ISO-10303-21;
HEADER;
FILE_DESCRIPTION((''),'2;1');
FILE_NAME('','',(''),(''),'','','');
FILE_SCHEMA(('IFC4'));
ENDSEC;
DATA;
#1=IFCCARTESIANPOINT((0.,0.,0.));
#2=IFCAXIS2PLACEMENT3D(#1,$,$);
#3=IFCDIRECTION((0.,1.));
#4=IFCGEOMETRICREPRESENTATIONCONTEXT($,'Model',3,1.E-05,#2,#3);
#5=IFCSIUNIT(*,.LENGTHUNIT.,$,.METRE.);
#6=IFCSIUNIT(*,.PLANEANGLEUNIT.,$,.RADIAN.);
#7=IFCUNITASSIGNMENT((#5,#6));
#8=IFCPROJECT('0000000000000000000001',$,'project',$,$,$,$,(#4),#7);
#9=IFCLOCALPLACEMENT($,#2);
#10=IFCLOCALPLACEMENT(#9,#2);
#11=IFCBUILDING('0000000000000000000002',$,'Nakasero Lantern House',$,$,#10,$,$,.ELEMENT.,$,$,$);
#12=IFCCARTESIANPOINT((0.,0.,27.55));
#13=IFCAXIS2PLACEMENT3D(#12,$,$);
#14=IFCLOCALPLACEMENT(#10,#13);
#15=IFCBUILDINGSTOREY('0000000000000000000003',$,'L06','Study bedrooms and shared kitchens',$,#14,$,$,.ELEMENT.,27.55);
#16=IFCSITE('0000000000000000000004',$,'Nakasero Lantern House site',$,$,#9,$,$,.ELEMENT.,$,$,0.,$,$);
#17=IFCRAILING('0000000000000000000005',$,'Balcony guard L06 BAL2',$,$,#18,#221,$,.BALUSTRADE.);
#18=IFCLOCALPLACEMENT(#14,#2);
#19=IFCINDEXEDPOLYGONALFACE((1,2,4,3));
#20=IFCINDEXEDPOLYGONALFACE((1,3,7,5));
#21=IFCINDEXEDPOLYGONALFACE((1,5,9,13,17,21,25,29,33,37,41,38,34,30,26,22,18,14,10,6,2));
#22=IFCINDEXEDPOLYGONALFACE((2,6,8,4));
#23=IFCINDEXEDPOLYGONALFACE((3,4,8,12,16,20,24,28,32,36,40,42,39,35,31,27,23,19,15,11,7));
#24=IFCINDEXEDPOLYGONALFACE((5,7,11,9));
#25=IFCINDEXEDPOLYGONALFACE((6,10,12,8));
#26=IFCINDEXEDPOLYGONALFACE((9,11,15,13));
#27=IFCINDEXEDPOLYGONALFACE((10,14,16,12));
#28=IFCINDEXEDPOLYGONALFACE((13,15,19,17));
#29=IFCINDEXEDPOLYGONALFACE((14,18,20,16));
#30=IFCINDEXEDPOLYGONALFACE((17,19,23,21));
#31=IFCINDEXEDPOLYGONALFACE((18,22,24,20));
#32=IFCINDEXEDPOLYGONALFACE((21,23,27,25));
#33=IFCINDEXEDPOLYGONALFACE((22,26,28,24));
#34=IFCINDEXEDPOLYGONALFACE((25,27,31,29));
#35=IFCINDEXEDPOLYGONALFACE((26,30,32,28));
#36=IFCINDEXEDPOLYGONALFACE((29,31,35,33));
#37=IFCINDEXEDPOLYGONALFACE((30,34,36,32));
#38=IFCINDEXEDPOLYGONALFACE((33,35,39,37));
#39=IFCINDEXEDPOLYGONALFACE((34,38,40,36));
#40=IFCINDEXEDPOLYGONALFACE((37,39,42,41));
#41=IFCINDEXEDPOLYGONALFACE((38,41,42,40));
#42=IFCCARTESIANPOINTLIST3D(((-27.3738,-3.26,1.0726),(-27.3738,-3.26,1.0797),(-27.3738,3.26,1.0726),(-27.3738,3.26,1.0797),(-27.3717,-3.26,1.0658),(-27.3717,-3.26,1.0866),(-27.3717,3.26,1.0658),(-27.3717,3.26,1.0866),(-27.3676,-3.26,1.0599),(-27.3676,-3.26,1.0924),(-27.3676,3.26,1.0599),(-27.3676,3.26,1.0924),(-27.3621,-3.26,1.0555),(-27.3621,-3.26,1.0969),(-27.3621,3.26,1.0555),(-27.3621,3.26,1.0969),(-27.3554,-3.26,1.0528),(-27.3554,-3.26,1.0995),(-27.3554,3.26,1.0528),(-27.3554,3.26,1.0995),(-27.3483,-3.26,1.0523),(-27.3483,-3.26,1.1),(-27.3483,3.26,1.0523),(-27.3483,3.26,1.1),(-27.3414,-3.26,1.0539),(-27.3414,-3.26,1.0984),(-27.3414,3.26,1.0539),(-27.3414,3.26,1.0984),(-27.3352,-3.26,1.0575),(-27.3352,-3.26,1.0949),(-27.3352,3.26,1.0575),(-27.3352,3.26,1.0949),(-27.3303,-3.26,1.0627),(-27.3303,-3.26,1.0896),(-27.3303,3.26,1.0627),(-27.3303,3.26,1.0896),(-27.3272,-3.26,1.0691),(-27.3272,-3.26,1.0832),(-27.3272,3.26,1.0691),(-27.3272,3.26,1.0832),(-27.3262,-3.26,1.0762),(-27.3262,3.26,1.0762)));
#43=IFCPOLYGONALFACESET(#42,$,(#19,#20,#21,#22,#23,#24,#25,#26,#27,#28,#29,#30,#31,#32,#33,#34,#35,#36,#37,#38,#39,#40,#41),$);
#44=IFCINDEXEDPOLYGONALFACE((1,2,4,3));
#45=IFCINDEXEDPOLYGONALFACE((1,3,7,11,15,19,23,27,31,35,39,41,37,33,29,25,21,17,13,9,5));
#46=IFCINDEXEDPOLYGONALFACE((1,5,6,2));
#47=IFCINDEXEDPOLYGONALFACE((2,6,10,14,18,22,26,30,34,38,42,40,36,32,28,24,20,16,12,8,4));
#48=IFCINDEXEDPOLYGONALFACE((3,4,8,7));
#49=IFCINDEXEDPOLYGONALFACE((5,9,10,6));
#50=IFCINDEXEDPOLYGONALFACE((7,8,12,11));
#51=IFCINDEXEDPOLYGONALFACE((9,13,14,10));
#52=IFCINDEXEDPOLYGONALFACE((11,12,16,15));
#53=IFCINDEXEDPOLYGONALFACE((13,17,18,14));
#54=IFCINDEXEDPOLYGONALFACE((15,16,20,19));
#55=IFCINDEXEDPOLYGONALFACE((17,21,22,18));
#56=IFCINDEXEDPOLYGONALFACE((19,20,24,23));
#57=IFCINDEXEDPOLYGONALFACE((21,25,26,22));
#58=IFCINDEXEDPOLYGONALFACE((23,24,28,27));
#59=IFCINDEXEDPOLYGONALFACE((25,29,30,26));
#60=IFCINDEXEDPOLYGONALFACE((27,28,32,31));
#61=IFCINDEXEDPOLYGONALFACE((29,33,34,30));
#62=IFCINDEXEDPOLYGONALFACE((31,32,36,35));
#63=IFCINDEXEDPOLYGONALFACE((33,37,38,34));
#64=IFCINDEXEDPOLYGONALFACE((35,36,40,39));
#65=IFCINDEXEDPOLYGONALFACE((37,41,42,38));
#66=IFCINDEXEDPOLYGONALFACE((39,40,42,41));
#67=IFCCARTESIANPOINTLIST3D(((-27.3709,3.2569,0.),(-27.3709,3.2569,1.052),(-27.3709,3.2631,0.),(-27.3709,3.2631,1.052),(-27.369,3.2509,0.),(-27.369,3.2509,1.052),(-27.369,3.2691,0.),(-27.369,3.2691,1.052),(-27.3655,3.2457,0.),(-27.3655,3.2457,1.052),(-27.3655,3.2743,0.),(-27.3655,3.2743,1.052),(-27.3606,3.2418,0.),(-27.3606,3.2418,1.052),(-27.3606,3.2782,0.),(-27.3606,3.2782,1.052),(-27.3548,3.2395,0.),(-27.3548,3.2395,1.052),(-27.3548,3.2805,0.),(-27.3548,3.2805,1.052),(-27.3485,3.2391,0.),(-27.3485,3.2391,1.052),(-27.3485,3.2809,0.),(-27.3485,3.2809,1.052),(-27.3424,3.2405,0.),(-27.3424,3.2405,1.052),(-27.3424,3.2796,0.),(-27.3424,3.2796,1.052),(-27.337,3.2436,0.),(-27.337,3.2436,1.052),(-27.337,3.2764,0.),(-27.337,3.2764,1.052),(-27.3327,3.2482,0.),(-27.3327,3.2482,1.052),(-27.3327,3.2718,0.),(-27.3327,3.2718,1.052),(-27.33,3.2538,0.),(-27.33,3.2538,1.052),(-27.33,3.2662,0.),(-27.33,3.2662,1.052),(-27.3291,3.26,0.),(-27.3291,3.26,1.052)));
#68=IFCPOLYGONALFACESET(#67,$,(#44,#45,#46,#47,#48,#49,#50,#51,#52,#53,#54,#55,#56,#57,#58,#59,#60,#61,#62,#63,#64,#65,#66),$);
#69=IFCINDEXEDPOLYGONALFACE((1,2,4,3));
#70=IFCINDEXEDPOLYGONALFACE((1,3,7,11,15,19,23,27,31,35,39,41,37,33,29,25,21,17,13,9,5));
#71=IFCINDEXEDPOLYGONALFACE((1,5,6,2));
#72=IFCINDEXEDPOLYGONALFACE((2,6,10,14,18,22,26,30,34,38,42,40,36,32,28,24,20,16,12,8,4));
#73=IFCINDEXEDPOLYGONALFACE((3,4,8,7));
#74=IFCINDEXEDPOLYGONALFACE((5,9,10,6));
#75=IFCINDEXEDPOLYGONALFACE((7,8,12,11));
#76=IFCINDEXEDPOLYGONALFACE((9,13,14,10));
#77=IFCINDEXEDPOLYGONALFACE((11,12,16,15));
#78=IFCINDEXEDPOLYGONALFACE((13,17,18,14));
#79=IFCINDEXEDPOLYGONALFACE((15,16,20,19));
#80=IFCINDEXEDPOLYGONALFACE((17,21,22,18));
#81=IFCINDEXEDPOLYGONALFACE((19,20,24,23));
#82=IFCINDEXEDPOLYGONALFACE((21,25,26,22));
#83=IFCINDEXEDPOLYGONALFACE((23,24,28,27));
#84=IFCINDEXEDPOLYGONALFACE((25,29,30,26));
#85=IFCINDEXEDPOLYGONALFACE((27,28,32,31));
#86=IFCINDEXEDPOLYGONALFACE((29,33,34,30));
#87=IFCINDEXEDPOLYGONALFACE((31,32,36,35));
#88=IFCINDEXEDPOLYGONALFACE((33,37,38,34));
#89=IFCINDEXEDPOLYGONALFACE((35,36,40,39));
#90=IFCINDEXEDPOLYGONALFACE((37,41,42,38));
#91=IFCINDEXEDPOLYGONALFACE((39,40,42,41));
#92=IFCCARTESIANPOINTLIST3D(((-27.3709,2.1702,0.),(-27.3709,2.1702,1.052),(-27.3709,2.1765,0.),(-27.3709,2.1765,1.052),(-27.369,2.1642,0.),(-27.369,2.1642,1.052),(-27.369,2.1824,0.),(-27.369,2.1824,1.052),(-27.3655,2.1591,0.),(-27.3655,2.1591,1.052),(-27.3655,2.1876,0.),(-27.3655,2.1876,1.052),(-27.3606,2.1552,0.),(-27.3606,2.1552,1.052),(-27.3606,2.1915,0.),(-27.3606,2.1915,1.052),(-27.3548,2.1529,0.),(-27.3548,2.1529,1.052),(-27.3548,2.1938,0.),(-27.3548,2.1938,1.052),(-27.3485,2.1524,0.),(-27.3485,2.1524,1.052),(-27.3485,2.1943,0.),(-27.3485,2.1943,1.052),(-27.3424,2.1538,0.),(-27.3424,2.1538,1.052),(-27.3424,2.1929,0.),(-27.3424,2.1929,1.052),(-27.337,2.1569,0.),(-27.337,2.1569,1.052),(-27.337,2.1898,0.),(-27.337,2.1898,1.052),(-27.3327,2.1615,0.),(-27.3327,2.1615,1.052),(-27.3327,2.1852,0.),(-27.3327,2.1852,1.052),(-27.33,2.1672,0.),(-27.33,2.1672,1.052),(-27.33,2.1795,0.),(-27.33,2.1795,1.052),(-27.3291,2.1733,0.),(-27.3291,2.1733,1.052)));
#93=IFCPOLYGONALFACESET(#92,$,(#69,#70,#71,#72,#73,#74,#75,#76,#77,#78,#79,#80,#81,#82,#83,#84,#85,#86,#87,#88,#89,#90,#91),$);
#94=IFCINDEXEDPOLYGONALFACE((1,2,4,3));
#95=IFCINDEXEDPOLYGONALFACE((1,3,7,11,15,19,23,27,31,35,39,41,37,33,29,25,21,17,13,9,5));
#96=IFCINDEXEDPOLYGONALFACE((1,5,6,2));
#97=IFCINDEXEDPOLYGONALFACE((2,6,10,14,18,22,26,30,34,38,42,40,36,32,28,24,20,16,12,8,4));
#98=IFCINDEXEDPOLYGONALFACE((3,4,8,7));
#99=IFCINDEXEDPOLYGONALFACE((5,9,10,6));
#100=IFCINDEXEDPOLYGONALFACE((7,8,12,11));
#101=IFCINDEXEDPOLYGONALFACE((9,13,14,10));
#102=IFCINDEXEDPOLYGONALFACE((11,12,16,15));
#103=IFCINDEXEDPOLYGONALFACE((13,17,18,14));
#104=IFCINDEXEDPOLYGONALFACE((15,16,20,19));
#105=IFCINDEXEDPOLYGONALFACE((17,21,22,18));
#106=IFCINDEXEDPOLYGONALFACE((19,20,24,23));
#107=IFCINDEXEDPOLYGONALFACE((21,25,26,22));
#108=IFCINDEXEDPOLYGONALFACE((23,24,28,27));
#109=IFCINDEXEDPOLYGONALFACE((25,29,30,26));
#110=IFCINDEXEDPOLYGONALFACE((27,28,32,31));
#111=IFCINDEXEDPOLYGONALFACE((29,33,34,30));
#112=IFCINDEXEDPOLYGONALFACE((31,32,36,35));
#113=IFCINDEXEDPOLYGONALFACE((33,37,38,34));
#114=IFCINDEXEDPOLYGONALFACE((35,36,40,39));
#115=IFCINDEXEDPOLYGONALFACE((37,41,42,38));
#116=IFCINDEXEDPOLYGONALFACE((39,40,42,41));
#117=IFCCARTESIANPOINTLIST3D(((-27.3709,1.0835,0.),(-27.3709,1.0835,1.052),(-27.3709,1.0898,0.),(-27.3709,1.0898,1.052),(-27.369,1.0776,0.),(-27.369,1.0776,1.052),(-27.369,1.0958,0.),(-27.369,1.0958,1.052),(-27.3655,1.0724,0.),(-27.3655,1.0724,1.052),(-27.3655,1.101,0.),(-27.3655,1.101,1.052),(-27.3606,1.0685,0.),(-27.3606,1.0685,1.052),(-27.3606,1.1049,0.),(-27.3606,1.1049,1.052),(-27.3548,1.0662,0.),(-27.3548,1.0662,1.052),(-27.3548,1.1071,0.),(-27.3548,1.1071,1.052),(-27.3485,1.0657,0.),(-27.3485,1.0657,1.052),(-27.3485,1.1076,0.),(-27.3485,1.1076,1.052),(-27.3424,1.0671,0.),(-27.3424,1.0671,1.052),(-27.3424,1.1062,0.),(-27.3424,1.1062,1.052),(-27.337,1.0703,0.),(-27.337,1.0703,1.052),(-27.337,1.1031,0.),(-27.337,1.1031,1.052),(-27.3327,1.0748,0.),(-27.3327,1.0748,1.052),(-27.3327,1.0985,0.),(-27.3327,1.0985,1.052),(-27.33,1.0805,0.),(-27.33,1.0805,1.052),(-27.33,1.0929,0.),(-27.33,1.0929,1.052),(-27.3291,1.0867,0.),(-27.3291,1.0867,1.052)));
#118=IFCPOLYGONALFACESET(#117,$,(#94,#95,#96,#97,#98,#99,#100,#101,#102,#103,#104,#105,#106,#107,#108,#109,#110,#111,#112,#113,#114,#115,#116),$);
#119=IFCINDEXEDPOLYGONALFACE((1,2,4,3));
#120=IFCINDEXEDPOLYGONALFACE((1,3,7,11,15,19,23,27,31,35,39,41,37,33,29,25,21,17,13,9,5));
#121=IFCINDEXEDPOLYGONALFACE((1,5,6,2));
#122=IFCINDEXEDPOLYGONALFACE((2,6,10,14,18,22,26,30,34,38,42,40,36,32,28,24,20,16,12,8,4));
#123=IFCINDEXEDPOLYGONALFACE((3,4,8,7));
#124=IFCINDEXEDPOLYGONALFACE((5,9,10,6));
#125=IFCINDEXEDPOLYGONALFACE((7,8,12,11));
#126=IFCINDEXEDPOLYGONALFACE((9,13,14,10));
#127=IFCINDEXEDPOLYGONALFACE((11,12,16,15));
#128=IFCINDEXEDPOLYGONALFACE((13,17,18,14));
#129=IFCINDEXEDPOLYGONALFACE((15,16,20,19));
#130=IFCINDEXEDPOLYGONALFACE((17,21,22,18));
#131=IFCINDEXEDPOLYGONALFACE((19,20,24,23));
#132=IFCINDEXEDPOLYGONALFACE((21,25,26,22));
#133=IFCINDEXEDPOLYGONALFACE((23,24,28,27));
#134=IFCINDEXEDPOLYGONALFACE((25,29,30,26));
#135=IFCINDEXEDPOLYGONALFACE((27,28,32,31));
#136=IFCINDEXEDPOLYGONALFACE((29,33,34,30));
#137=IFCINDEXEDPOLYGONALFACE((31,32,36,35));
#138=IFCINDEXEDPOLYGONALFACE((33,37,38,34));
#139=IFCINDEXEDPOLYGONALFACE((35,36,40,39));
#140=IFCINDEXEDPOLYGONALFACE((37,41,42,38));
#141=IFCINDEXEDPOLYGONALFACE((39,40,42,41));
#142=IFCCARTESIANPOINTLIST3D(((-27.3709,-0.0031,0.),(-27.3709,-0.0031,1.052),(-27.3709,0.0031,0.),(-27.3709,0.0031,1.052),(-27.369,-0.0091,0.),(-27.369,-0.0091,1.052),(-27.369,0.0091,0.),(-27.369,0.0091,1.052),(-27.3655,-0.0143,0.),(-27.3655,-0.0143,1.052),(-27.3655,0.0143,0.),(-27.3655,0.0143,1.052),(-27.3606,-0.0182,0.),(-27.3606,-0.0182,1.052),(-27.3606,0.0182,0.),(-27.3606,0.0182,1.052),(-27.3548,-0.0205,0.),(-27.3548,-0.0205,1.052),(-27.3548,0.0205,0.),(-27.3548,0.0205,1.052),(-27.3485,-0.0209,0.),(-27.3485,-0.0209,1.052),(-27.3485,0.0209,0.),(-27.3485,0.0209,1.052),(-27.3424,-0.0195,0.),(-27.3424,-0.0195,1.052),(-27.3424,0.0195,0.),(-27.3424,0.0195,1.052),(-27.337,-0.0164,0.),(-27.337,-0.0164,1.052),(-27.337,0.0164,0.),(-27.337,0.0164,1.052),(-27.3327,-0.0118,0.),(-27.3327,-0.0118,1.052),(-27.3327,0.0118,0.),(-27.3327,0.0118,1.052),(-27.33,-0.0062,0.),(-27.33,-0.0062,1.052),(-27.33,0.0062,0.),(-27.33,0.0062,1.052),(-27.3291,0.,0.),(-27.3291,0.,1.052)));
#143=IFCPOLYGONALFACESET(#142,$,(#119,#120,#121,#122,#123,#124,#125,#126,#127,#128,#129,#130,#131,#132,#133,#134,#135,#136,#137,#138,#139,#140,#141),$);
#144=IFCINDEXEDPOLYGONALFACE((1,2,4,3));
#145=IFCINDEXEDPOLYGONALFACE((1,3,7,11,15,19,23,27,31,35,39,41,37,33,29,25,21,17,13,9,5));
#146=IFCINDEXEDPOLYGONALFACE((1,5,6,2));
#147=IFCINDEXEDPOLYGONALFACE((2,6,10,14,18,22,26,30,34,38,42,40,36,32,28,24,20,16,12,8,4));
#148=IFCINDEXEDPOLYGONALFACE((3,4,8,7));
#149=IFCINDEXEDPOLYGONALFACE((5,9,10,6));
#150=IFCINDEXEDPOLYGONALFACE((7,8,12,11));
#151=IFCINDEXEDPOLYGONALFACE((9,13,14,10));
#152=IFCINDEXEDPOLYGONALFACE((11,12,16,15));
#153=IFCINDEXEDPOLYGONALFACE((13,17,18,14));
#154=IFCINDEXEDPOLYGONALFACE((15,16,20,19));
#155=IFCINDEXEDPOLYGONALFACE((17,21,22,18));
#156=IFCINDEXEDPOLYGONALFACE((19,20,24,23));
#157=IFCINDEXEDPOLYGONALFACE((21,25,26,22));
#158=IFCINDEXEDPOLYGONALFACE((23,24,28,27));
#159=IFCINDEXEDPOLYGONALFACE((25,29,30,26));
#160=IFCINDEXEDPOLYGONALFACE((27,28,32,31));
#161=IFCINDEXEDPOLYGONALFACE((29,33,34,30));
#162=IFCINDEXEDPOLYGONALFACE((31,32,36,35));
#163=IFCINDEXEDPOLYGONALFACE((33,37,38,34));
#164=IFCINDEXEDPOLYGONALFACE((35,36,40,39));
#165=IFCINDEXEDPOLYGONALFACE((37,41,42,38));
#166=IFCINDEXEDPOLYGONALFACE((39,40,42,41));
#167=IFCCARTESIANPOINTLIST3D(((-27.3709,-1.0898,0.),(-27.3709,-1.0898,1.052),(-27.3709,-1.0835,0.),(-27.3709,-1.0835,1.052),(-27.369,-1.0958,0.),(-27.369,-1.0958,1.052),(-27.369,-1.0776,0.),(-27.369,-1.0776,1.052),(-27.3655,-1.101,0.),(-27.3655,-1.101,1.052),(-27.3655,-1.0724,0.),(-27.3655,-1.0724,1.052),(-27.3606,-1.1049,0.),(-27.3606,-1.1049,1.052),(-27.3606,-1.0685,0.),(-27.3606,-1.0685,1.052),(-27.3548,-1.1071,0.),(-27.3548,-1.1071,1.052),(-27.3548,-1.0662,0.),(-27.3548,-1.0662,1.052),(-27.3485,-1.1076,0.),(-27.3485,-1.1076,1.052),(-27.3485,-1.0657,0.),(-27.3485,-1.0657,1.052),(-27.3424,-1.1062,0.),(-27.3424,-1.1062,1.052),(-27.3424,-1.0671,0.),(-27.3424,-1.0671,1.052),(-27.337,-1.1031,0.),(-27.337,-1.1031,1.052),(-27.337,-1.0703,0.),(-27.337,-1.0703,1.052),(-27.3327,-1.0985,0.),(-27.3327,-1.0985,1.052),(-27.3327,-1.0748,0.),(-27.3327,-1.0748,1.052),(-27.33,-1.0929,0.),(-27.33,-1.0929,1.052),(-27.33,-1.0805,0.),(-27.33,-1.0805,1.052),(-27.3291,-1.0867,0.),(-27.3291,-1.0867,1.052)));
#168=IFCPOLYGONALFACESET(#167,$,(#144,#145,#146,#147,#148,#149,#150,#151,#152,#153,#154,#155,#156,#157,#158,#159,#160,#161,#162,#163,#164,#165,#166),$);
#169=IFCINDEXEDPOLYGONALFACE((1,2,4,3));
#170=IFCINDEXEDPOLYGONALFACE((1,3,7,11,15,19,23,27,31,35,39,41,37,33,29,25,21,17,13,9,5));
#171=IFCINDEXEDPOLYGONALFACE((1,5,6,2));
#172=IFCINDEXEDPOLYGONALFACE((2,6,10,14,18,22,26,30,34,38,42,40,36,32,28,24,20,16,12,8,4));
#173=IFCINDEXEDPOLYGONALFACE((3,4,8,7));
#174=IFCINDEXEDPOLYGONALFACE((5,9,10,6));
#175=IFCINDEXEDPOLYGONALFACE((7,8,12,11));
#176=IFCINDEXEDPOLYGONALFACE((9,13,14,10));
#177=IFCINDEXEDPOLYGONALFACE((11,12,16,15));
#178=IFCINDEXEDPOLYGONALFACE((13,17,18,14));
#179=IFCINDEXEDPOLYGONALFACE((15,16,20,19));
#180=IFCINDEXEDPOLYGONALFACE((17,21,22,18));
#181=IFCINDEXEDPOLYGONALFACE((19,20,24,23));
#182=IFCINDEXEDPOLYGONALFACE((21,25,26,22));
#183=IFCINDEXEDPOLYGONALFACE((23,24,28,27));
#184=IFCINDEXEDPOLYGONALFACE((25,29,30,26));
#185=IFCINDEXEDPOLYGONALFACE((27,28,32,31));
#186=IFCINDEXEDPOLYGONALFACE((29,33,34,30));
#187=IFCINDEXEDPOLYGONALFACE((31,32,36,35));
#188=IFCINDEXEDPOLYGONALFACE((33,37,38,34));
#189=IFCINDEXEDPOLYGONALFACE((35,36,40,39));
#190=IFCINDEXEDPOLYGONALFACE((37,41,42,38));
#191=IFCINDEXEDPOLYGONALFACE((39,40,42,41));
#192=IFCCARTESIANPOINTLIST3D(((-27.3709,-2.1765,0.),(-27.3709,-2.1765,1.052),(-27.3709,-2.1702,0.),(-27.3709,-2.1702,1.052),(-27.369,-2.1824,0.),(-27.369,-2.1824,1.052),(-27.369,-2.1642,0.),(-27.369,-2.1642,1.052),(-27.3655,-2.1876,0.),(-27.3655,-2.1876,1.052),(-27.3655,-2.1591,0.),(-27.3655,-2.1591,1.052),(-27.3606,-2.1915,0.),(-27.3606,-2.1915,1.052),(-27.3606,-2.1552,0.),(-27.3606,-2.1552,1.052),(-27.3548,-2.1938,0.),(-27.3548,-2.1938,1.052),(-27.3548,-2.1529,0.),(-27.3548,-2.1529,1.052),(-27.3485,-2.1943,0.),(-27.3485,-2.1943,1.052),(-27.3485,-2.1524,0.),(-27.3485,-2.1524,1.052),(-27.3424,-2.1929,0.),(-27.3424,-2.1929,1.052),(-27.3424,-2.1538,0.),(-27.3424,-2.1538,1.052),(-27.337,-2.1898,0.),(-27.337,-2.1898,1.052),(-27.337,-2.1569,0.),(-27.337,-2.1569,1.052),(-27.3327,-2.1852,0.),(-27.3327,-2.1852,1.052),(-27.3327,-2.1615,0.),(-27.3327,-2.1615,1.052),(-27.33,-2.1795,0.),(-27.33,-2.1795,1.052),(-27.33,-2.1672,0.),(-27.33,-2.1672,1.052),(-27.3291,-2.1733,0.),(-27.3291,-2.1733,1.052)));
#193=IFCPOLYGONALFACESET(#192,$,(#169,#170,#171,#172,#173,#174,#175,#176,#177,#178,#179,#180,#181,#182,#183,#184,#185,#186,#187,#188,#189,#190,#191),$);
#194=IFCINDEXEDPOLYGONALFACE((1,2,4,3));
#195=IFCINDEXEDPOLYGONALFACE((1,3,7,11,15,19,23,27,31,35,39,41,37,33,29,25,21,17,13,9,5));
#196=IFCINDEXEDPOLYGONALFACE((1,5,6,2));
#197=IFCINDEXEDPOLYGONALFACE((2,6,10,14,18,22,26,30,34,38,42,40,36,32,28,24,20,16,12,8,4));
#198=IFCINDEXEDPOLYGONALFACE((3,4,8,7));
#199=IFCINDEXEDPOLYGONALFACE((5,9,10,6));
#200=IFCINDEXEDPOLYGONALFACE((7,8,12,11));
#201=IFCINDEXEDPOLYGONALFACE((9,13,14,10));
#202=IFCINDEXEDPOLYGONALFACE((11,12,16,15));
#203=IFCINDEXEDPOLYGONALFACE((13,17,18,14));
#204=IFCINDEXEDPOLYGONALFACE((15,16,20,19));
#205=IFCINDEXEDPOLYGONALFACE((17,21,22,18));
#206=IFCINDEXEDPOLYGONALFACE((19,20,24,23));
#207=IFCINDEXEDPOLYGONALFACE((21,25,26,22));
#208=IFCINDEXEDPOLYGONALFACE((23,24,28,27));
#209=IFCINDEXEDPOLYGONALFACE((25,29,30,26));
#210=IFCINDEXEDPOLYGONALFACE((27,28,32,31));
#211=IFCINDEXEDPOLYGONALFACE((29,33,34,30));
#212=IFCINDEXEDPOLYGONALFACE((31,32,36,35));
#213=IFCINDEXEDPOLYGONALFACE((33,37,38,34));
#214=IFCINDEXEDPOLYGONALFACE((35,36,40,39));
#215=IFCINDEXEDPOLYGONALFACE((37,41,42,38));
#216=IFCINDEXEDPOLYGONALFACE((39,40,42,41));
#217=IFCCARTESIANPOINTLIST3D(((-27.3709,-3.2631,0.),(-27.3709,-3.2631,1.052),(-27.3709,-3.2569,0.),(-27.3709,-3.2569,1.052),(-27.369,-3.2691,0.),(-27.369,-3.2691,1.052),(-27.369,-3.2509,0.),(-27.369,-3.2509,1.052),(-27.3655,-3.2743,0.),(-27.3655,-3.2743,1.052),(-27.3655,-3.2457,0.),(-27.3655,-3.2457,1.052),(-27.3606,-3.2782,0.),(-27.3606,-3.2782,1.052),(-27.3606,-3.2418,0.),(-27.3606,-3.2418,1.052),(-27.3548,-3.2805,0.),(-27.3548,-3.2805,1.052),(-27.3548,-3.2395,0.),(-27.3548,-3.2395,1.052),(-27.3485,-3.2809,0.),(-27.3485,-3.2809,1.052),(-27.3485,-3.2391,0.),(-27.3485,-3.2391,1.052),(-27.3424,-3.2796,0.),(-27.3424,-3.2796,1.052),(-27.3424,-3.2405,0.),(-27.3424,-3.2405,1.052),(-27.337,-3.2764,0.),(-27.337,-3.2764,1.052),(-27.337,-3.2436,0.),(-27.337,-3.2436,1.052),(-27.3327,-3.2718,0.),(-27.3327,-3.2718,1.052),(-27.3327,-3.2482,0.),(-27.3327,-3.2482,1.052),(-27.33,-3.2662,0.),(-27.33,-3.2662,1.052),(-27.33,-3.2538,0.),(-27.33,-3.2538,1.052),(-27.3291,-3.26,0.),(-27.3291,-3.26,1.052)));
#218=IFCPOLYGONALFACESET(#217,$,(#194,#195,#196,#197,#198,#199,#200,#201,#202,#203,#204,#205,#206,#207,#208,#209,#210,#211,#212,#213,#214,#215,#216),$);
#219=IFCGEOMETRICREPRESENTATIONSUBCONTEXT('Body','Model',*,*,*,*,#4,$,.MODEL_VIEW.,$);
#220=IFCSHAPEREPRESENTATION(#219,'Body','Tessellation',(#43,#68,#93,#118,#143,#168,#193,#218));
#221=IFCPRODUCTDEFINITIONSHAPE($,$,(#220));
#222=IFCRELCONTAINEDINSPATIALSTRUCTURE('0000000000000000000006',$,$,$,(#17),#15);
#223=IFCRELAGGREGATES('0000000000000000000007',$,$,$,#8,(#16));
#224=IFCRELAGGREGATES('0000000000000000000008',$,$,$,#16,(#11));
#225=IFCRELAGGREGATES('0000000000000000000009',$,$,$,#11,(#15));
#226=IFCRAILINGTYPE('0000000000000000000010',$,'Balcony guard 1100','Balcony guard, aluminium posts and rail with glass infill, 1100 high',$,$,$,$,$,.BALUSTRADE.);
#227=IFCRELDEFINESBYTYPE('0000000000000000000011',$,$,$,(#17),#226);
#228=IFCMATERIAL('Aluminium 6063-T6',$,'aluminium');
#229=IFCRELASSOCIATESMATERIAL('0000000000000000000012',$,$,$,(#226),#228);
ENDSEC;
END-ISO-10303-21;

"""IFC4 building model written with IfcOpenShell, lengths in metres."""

from ifc_helpers import new_model, si_unit, direction, frame, origin, origin_2d, place, context, subcontext, project, spatial, circle, extrude, material, type_object, element, save


model = new_model("IFC4")

# Units and contexts
model_context = context("Model", 3, precision=1e-05, world=origin(), true_north=direction((0.0, 1.0)))
body_context = subcontext(model_context, "Body", "Model", "MODEL_VIEW")
ifc_project = project(units=[si_unit("LENGTHUNIT", "METRE"), si_unit("PLANEANGLEUNIT", "RADIAN")], contexts=[model_context])

# Site, building, storey
site_placement = place(None, origin())
site = spatial("IfcSite", under=ifc_project, at=site_placement, Name="Nakasero Lantern House site", CompositionType="ELEMENT", RefElevation=0.0)
building_placement = place(site_placement, origin())
building = spatial("IfcBuilding", under=site, at=building_placement, Name="Nakasero Lantern House", CompositionType="ELEMENT")
storey_placement = place(building_placement, frame((0.0, 0.0, 27.55)))
storey = spatial("IfcBuildingStorey", under=building, at=storey_placement, Name="L06", Description="Study bedrooms and shared kitchens", CompositionType="ELEMENT", Elevation=27.55)

# Railing
ifc_material_1 = material(Name="Aluminium 6063-T6", Category="aluminium")
railing_type = type_object("IfcRailingType", Name="Balcony guard 1100", Description="Balcony guard, aluminium posts and rail with glass infill, 1100 high", PredefinedType="BALUSTRADE", material=ifc_material_1)
railing_placement = place(storey_placement, frame((-27.3501, 3.26, 0.0)))
element("IfcRailing", 1, at=railing_placement, inside=storey, type_object=railing_type, Name="Balcony guard L06 BAL2", PredefinedType="BALUSTRADE", context=body_context, shape_type="SweptSolid", body=[
    extrude(circle(Radius=0.0239, at=origin_2d()), frame((0.0, 0.0, 1.0762), z_axis=(0.0, -1.0, 0.0), x_axis=(1.0, 0.0, 0.0)), (0.0, 0.0, 1.0), 6.52),
    extrude(circle(Radius=0.021, at=origin_2d()), origin(), (0.0, 0.0, 1.0), 1.052),
    extrude(circle(Radius=0.021, at=origin_2d()), frame((0.0, -1.0867, 0.0)), (0.0, 0.0, 1.0), 1.052),
    extrude(circle(Radius=0.021, at=origin_2d()), frame((0.0, -2.1733, 0.0)), (0.0, 0.0, 1.0), 1.052),
    extrude(circle(Radius=0.021, at=origin_2d()), frame((0.0, -3.26, 0.0)), (0.0, 0.0, 1.0), 1.052),
    extrude(circle(Radius=0.021, at=origin_2d()), frame((0.0, -4.3467, 0.0)), (0.0, 0.0, 1.0), 1.052),
    extrude(circle(Radius=0.021, at=origin_2d()), frame((0.0, -5.4333, 0.0)), (0.0, 0.0, 1.0), 1.052),
    extrude(circle(Radius=0.021, at=origin_2d()), frame((0.0, -6.52, 0.0)), (0.0, 0.0, 1.0), 1.052),
])

save(model, "model.ifc")
